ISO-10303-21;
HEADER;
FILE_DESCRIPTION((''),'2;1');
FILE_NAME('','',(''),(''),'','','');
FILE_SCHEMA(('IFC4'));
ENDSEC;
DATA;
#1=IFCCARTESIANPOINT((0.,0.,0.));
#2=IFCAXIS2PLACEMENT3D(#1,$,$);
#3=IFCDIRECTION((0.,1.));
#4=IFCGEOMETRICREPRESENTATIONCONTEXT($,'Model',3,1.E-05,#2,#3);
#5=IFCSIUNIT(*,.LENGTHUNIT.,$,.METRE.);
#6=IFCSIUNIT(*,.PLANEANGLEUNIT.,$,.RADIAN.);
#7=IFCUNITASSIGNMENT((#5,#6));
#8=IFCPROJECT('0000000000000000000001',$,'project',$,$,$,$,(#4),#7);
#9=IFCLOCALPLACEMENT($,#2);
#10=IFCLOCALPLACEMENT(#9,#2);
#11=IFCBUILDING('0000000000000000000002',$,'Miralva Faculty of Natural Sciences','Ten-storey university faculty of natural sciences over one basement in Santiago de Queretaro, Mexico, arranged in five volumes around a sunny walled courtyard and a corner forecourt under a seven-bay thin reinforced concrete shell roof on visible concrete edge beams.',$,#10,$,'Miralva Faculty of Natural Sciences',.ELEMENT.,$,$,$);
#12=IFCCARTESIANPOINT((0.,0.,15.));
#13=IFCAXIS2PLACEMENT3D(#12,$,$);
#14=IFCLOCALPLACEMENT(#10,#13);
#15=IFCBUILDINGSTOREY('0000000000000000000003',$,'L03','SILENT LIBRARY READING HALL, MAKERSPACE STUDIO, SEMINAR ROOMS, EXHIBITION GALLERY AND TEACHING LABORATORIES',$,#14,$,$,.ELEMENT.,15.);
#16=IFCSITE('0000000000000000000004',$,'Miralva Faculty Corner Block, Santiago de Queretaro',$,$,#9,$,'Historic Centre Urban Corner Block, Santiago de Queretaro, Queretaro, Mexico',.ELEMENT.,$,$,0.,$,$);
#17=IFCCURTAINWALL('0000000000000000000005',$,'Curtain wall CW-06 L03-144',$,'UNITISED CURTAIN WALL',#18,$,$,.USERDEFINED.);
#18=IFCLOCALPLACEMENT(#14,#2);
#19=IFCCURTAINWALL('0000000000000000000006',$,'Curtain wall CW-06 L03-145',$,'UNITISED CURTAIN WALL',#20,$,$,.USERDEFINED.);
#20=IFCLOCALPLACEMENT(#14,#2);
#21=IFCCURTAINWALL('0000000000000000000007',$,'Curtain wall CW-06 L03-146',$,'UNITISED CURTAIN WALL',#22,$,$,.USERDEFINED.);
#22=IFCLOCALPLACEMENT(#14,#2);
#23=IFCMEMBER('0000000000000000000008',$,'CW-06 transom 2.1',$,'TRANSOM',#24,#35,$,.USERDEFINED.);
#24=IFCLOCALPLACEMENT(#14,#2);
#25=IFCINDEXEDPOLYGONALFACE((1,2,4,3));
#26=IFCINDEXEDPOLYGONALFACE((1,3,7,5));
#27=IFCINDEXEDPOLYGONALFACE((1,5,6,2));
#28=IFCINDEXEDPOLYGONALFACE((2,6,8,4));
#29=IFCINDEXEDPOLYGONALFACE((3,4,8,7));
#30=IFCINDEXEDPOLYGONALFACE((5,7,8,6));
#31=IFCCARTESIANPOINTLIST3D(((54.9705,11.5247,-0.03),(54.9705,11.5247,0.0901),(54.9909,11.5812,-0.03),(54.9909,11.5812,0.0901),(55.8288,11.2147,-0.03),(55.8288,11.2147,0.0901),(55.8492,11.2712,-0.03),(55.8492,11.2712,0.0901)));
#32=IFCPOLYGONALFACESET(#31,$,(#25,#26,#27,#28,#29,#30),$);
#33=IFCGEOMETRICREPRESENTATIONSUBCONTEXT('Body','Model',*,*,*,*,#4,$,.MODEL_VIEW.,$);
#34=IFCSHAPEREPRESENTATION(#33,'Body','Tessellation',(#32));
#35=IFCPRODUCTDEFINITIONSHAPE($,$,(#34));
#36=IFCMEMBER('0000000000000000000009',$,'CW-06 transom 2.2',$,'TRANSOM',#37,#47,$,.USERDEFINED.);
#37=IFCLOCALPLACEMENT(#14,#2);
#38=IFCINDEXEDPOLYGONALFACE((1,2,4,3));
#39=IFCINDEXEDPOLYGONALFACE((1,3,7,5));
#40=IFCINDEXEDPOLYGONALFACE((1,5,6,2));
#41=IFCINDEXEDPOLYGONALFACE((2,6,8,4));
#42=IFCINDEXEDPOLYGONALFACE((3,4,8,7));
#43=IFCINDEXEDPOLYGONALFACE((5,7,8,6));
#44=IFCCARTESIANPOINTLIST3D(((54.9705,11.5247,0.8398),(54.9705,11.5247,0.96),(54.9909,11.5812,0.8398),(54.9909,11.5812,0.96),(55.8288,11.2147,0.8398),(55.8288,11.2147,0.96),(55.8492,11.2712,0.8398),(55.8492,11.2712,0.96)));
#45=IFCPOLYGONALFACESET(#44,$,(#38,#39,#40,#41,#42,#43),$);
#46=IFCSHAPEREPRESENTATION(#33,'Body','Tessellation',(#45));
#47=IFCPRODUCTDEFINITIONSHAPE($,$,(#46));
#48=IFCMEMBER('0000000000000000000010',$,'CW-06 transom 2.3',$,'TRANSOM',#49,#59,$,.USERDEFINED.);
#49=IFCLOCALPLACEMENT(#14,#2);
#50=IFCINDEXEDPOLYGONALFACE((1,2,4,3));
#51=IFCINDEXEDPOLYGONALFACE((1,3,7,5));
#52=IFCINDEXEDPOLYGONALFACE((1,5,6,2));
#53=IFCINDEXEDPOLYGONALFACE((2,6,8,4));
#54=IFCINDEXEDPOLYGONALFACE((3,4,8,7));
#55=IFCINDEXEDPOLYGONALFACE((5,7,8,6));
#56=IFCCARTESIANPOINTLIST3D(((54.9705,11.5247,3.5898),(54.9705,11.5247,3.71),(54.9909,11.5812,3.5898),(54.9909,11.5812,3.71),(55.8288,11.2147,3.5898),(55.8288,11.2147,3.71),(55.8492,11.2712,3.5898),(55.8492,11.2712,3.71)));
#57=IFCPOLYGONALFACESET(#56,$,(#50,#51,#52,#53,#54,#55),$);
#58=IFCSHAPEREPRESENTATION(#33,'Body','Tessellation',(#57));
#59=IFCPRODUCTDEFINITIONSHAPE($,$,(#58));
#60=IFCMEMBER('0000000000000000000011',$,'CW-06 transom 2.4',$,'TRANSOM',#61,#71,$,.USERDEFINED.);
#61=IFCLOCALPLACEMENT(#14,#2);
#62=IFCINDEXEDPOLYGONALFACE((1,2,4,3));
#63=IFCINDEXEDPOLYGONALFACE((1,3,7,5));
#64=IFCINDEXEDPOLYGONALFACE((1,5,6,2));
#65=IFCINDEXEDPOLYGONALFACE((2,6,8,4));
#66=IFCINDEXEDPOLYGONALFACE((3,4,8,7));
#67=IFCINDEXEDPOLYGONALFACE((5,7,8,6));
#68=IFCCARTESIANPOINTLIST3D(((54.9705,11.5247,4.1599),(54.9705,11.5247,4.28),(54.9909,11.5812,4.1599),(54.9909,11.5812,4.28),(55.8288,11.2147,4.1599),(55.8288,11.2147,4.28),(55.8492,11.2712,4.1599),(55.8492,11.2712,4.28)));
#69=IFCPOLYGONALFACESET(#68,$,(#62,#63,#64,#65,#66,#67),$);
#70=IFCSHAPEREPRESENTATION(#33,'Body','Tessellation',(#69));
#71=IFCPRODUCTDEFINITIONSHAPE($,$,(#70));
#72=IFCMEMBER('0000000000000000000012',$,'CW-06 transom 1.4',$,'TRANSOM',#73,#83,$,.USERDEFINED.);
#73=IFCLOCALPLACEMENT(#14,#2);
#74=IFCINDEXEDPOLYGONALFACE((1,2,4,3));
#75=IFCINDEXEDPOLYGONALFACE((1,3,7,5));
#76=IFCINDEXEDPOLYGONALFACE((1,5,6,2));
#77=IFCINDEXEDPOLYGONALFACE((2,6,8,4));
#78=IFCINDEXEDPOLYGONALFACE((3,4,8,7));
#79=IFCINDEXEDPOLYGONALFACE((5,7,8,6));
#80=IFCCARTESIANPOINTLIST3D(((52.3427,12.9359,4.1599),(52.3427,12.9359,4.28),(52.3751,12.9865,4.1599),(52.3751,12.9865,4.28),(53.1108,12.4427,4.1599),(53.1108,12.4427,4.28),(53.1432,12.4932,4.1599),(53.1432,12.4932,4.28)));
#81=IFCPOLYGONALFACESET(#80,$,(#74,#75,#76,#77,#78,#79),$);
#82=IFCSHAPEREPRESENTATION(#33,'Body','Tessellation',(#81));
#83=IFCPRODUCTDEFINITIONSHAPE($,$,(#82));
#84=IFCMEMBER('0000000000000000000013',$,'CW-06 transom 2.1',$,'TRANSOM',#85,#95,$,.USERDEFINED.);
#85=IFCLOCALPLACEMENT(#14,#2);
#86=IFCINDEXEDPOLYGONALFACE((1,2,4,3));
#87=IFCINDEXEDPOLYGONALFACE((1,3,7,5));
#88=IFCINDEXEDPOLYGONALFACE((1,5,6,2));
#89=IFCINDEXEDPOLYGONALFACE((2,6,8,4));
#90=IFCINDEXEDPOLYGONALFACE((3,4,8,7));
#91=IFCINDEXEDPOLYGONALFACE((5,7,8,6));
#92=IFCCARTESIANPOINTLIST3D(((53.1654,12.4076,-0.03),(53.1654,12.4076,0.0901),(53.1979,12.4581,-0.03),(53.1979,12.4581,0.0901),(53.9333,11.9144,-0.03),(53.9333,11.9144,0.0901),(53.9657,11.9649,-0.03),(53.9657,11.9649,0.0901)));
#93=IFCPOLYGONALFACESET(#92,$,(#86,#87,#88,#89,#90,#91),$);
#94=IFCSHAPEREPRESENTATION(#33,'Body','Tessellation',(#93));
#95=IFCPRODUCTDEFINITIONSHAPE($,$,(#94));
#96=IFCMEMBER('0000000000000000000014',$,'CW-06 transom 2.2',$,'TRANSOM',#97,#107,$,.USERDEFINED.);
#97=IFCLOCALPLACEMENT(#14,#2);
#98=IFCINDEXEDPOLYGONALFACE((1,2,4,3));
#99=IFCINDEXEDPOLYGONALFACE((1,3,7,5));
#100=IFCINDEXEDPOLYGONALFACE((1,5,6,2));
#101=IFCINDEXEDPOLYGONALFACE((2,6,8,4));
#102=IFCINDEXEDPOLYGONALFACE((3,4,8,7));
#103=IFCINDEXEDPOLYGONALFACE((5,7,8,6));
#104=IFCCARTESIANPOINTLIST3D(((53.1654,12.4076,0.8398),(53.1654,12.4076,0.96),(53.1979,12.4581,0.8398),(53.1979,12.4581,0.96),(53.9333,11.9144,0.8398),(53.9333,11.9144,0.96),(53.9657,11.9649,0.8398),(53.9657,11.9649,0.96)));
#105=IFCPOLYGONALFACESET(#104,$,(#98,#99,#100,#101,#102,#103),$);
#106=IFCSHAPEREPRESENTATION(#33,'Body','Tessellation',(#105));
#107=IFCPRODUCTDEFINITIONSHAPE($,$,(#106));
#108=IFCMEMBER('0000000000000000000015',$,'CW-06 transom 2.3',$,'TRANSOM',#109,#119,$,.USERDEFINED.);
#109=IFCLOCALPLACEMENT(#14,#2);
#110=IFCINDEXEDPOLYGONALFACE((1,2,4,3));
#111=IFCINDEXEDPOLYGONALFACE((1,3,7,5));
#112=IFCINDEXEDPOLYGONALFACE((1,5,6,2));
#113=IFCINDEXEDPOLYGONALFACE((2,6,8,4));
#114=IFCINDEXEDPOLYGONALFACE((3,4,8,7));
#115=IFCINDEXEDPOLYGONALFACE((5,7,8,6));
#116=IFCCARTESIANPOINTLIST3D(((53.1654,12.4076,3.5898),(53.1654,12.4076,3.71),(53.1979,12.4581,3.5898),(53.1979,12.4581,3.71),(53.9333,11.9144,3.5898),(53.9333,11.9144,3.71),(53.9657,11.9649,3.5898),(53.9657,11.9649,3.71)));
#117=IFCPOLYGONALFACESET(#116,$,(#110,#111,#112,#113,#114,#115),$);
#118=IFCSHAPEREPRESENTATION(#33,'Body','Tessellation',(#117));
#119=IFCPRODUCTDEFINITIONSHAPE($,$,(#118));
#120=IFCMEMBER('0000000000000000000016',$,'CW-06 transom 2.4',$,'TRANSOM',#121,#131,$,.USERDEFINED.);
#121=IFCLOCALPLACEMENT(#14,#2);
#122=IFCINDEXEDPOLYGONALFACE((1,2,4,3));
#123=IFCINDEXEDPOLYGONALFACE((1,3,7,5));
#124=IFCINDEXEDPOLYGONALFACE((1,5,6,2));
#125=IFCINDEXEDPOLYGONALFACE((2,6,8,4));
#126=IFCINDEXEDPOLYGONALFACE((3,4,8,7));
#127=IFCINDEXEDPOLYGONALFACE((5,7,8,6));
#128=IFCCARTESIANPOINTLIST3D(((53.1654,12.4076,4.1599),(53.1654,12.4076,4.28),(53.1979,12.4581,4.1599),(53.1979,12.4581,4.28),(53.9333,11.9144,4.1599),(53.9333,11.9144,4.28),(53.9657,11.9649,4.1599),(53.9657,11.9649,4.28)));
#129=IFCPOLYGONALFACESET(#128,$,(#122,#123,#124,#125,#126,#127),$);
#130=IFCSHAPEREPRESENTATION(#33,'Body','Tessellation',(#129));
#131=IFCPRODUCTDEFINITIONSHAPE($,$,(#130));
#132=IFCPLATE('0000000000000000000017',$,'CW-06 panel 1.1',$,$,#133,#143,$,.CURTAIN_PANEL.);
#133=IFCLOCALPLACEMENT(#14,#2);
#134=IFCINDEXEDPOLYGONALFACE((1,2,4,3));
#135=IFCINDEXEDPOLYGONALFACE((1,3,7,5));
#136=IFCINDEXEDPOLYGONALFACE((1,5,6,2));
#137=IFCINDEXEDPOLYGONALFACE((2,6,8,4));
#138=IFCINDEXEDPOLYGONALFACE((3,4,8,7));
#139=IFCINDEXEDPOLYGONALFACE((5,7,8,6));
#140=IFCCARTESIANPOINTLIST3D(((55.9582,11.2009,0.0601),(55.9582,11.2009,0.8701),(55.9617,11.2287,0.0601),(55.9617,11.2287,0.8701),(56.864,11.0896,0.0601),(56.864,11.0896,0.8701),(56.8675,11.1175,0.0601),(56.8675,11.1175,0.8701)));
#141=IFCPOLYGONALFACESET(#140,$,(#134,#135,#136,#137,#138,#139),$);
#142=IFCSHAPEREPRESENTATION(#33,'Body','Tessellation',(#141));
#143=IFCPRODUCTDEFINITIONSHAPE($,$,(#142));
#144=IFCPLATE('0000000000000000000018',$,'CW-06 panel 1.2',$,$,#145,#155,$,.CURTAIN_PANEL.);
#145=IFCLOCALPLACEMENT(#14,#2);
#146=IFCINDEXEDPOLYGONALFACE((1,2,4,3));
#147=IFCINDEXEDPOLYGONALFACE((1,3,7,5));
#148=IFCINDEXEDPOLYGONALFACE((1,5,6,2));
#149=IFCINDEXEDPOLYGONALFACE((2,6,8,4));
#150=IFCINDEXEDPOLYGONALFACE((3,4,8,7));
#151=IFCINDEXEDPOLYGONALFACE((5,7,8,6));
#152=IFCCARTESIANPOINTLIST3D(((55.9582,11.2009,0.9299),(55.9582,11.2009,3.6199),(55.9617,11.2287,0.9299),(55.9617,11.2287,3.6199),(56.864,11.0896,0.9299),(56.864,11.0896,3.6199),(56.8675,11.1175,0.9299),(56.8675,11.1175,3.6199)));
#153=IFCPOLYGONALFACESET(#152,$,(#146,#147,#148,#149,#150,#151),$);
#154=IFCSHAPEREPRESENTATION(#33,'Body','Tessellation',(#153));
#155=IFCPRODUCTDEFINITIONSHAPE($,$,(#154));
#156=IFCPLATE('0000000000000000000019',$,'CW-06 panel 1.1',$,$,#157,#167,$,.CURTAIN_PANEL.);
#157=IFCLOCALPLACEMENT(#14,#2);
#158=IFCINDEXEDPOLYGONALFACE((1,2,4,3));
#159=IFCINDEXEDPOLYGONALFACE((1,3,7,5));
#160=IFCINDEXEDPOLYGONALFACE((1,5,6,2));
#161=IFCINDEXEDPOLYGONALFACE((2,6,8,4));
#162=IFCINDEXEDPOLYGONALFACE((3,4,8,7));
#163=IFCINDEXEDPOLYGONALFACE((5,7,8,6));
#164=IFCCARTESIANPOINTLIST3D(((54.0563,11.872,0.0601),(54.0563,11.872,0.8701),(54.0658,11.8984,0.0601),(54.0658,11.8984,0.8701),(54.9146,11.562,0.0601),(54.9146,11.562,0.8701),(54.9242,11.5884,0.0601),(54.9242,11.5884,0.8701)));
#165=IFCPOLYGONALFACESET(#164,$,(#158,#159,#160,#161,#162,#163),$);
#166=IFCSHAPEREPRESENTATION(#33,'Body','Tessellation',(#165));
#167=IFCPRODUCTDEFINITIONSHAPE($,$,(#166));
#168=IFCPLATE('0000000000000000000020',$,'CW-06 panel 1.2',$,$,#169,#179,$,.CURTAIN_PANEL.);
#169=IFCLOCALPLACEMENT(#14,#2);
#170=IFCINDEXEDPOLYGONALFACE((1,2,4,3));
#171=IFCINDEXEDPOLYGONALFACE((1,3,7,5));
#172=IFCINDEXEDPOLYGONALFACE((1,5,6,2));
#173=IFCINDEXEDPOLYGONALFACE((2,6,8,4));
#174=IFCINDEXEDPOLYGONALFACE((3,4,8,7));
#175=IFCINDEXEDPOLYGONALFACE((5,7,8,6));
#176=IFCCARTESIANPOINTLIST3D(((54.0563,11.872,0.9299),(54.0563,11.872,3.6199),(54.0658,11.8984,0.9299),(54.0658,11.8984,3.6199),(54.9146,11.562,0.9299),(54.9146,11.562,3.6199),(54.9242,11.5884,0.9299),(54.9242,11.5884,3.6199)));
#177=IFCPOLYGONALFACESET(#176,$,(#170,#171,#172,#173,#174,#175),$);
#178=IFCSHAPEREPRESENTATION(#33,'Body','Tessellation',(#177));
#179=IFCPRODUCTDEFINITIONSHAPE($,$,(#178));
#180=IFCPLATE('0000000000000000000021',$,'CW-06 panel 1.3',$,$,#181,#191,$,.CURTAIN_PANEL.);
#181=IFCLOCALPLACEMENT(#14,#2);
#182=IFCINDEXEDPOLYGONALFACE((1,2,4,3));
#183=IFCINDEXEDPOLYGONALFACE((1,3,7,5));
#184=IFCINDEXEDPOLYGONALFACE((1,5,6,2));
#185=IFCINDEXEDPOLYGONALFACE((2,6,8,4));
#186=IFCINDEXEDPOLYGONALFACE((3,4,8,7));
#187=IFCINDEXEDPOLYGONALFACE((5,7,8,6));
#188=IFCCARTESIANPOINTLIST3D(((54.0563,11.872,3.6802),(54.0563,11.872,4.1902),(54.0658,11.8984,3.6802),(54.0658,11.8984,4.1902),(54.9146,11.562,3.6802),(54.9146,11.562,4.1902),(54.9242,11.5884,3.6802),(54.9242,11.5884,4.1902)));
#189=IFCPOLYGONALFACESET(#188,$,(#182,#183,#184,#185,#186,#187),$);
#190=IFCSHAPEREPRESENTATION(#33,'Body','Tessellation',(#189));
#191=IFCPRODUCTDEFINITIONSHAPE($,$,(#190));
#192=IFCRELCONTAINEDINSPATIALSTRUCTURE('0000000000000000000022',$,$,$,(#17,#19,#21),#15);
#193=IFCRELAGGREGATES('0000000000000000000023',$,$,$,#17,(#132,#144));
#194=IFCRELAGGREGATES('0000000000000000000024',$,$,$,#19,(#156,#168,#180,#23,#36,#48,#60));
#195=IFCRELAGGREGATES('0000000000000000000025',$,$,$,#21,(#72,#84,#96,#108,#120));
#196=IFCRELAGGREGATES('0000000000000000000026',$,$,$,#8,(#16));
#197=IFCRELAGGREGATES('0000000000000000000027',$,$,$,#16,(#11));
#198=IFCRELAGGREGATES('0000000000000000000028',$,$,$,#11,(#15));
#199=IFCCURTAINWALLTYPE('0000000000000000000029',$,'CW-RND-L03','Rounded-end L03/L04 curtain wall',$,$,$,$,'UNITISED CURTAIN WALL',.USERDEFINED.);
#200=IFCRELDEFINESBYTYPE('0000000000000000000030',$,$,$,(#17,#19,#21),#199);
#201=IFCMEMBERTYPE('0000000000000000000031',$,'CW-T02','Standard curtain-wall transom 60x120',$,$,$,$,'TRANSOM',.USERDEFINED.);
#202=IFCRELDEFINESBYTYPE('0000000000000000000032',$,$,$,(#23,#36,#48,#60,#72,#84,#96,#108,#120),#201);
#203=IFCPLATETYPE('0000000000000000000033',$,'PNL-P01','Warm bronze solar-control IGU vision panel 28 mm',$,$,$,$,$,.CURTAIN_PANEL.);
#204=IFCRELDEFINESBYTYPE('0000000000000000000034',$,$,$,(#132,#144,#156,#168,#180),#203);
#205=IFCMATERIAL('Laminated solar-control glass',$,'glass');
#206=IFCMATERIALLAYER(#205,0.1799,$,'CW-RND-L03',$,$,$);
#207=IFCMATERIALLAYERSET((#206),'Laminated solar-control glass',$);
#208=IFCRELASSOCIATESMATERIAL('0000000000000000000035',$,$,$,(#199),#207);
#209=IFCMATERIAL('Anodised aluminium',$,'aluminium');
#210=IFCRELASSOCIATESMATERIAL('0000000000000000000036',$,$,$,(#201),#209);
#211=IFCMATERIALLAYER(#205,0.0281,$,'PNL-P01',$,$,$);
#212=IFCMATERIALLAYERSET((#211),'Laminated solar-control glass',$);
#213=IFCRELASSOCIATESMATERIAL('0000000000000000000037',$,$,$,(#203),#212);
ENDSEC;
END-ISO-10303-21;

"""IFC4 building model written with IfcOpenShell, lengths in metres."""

from ifc_helpers import new_model, si_unit, direction, frame, origin, origin_2d, place, context, subcontext, project, spatial, rectangle, extrude, material, layer, layer_set, material_profile, profile_set, type_object, element, aggregate, save


model = new_model("IFC4")

# Units and contexts
model_context = context("Model", 3, precision=1e-05, world=origin(), true_north=direction((0.0, 1.0)))
body_context = subcontext(model_context, "Body", "Model", "MODEL_VIEW")
ifc_project = project(units=[si_unit("LENGTHUNIT", "METRE"), si_unit("PLANEANGLEUNIT", "RADIAN")], contexts=[model_context])

# Site, building, storey
site_placement = place(None, origin())
site = spatial("IfcSite", under=ifc_project, at=site_placement, Name="Miralva Faculty Corner Block, Santiago de Queretaro", LongName="Historic Centre Urban Corner Block, Santiago de Queretaro, Queretaro, Mexico", CompositionType="ELEMENT", RefElevation=0.0)
building_placement = place(site_placement, origin())
building = spatial("IfcBuilding", under=site, at=building_placement, Name="Miralva Faculty of Natural Sciences", Description="Ten-storey university faculty of natural sciences over one basement in Santiago de Queretaro, Mexico, arranged in five volumes around a sunny walled courtyard and a corner forecourt under a seven-bay thin reinforced concrete shell roof on visible concrete edge beams.", LongName="Miralva Faculty of Natural Sciences", CompositionType="ELEMENT")
storey_placement = place(building_placement, frame((0.0, 0.0, 15.0)))
storey = spatial("IfcBuildingStorey", under=building, at=storey_placement, Name="L03", Description="SILENT LIBRARY READING HALL, MAKERSPACE STUDIO, SEMINAR ROOMS, EXHIBITION GALLERY AND TEACHING LABORATORIES", CompositionType="ELEMENT", Elevation=15.0)

# Curtain wall
ifc_material_1 = material(Name="Laminated solar-control glass", Category="glass")
ifc_layer_1 = layer(ifc_material_1, 0.1799, Name="CW-RND-L03")
ifc_layer_set_1 = layer_set([ifc_layer_1], Name="Laminated solar-control glass")
curtain_wall_type = type_object("IfcCurtainWallType", Name="CW-RND-L03", Description="Rounded-end L03/L04 curtain wall", ElementType="UNITISED CURTAIN WALL", PredefinedType="USERDEFINED", material=ifc_layer_set_1)
curtain_wall_1_placement = place(storey_placement, origin())
curtain_wall_1 = element("IfcCurtainWall", 1, at=curtain_wall_1_placement, inside=storey, type_object=curtain_wall_type, Name="Curtain wall CW-06 L03-144", ObjectType="UNITISED CURTAIN WALL", PredefinedType="USERDEFINED")
ifc_material_2 = material(Name="Anodised aluminium", Category="aluminium")

# Curtain walls
curtain_wall_2_placement = place(storey_placement, origin())
curtain_wall_2 = element("IfcCurtainWall", 2, at=curtain_wall_2_placement, inside=storey, type_object=curtain_wall_type, Name="Curtain wall CW-06 L03-145", ObjectType="UNITISED CURTAIN WALL", PredefinedType="USERDEFINED")
curtain_wall_3_placement = place(storey_placement, origin())
curtain_wall_3 = element("IfcCurtainWall", 3, at=curtain_wall_3_placement, inside=storey, type_object=curtain_wall_type, Name="Curtain wall CW-06 L03-146", ObjectType="UNITISED CURTAIN WALL", PredefinedType="USERDEFINED")

# Members
ifc_material_profile_1 = material_profile(ifc_material_2, rectangle(XDim=0.0601, YDim=0.1201, at=origin_2d()), Name="TRANSOM 60x120")
ifc_profile_set_1 = profile_set([ifc_material_profile_1], Name="Anodised aluminium")
member_type_1 = type_object("IfcMemberType", Name="CW-T02", Description="Standard curtain-wall transom 60x120", ElementType="TRANSOM", PredefinedType="USERDEFINED", material=ifc_profile_set_1)
member_1_placement = place(storey_placement, frame((54.9807, 11.553, 0.03), z_axis=(0.940525, -0.339723, 0.0), x_axis=(0.339723, 0.940525, 0.0)))
member_1 = element("IfcMember", 4, at=member_1_placement, type_object=member_type_1, Name="CW-06 transom 2.1", ObjectType="TRANSOM", PredefinedType="USERDEFINED", context=body_context, shape_type="SweptSolid", body=[
    extrude(rectangle(XDim=0.0601, YDim=0.1201, at=origin_2d()), origin(), (0.0, 0.0, 1.0), 0.9126),
])
member_2_placement = place(storey_placement, frame((54.9807, 11.553, 0.8999), z_axis=(0.940525, -0.339723, 0.0), x_axis=(0.339723, 0.940525, 0.0)))
member_2 = element("IfcMember", 5, at=member_2_placement, type_object=member_type_1, Name="CW-06 transom 2.2", ObjectType="TRANSOM", PredefinedType="USERDEFINED", context=body_context, shape_type="SweptSolid", body=[
    extrude(rectangle(XDim=0.0601, YDim=0.1201, at=origin_2d()), origin(), (0.0, 0.0, 1.0), 0.9126),
])
member_3_placement = place(storey_placement, frame((54.9807, 11.553, 3.6499), z_axis=(0.940525, -0.339723, 0.0), x_axis=(0.339723, 0.940525, 0.0)))
member_3 = element("IfcMember", 6, at=member_3_placement, type_object=member_type_1, Name="CW-06 transom 2.3", ObjectType="TRANSOM", PredefinedType="USERDEFINED", context=body_context, shape_type="SweptSolid", body=[
    extrude(rectangle(XDim=0.0601, YDim=0.1201, at=origin_2d()), origin(), (0.0, 0.0, 1.0), 0.9126),
])
member_4_placement = place(storey_placement, frame((54.9807, 11.553, 4.22), z_axis=(0.940525, -0.339723, 0.0), x_axis=(0.339723, 0.940525, 0.0)))
member_4 = element("IfcMember", 7, at=member_4_placement, type_object=member_type_1, Name="CW-06 transom 2.4", ObjectType="TRANSOM", PredefinedType="USERDEFINED", context=body_context, shape_type="SweptSolid", body=[
    extrude(rectangle(XDim=0.0601, YDim=0.1201, at=origin_2d()), origin(), (0.0, 0.0, 1.0), 0.9126),
])
member_5_placement = place(storey_placement, frame((52.3589, 12.9612, 4.22), z_axis=(0.841474, -0.540298, 0.0), x_axis=(0.540298, 0.841474, 0.0)))
member_5 = element("IfcMember", 8, at=member_5_placement, type_object=member_type_1, Name="CW-06 transom 1.4", ObjectType="TRANSOM", PredefinedType="USERDEFINED", context=body_context, shape_type="SweptSolid", body=[
    extrude(rectangle(XDim=0.0601, YDim=0.1201, at=origin_2d()), origin(), (0.0, 0.0, 1.0), 0.9128),
])
member_6_placement = place(storey_placement, frame((53.1816, 12.4329, 0.03), z_axis=(0.841396, -0.54042, 0.0), x_axis=(0.54042, 0.841396, 0.0)))
member_6 = element("IfcMember", 9, at=member_6_placement, type_object=member_type_1, Name="CW-06 transom 2.1", ObjectType="TRANSOM", PredefinedType="USERDEFINED", context=body_context, shape_type="SweptSolid", body=[
    extrude(rectangle(XDim=0.0601, YDim=0.1201, at=origin_2d()), origin(), (0.0, 0.0, 1.0), 0.9126),
])
member_7_placement = place(storey_placement, frame((53.1816, 12.4329, 0.8999), z_axis=(0.841396, -0.54042, 0.0), x_axis=(0.54042, 0.841396, 0.0)))
member_7 = element("IfcMember", 10, at=member_7_placement, type_object=member_type_1, Name="CW-06 transom 2.2", ObjectType="TRANSOM", PredefinedType="USERDEFINED", context=body_context, shape_type="SweptSolid", body=[
    extrude(rectangle(XDim=0.0601, YDim=0.1201, at=origin_2d()), origin(), (0.0, 0.0, 1.0), 0.9126),
])
member_8_placement = place(storey_placement, frame((53.1816, 12.4329, 3.6499), z_axis=(0.841396, -0.54042, 0.0), x_axis=(0.54042, 0.841396, 0.0)))
member_8 = element("IfcMember", 11, at=member_8_placement, type_object=member_type_1, Name="CW-06 transom 2.3", ObjectType="TRANSOM", PredefinedType="USERDEFINED", context=body_context, shape_type="SweptSolid", body=[
    extrude(rectangle(XDim=0.0601, YDim=0.1201, at=origin_2d()), origin(), (0.0, 0.0, 1.0), 0.9126),
])
member_9_placement = place(storey_placement, frame((53.1816, 12.4329, 4.22), z_axis=(0.841396, -0.54042, 0.0), x_axis=(0.54042, 0.841396, 0.0)))
member_9 = element("IfcMember", 12, at=member_9_placement, type_object=member_type_1, Name="CW-06 transom 2.4", ObjectType="TRANSOM", PredefinedType="USERDEFINED", context=body_context, shape_type="SweptSolid", body=[
    extrude(rectangle(XDim=0.0601, YDim=0.1201, at=origin_2d()), origin(), (0.0, 0.0, 1.0), 0.9126),
])

# Plates
ifc_layer_2 = layer(ifc_material_1, 0.0281, Name="PNL-P01")
ifc_layer_set_2 = layer_set([ifc_layer_2], Name="Laminated solar-control glass")
plate_type = type_object("IfcPlateType", Name="PNL-P01", Description="Warm bronze solar-control IGU vision panel 28 mm", PredefinedType="CURTAIN_PANEL", material=ifc_layer_set_2)
plate_1_placement = place(storey_placement, frame((56.4128, 11.1592, 0.0601), z_axis=(0.0, 0.0, 1.0), x_axis=(0.992547, -0.12186, 0.0)))
plate_1 = element("IfcPlate", 13, at=plate_1_placement, type_object=plate_type, Name="CW-06 panel 1.1", PredefinedType="CURTAIN_PANEL", context=body_context, shape_type="SweptSolid", body=[
    extrude(rectangle(XDim=0.9126, YDim=0.0281, at=origin_2d()), origin(), (0.0, 0.0, 1.0), 0.8101),
])
plate_2_placement = place(storey_placement, frame((56.4128, 11.1592, 0.9299), z_axis=(0.0, 0.0, 1.0), x_axis=(0.992547, -0.12186, 0.0)))
plate_2 = element("IfcPlate", 14, at=plate_2_placement, type_object=plate_type, Name="CW-06 panel 1.2", PredefinedType="CURTAIN_PANEL", context=body_context, shape_type="SweptSolid", body=[
    extrude(rectangle(XDim=0.9126, YDim=0.0281, at=origin_2d()), origin(), (0.0, 0.0, 1.0), 2.6899),
])
aggregate(curtain_wall_1, [plate_1, plate_2])
plate_3_placement = place(storey_placement, frame((54.4902, 11.7302, 0.0601), z_axis=(0.0, 0.0, 1.0), x_axis=(0.940535, -0.339696, 0.0)))
plate_3 = element("IfcPlate", 15, at=plate_3_placement, type_object=plate_type, Name="CW-06 panel 1.1", PredefinedType="CURTAIN_PANEL", context=body_context, shape_type="SweptSolid", body=[
    extrude(rectangle(XDim=0.9126, YDim=0.0281, at=origin_2d()), origin(), (0.0, 0.0, 1.0), 0.8101),
])
plate_4_placement = place(storey_placement, frame((54.4902, 11.7302, 0.9299), z_axis=(0.0, 0.0, 1.0), x_axis=(0.940535, -0.339696, 0.0)))
plate_4 = element("IfcPlate", 16, at=plate_4_placement, type_object=plate_type, Name="CW-06 panel 1.2", PredefinedType="CURTAIN_PANEL", context=body_context, shape_type="SweptSolid", body=[
    extrude(rectangle(XDim=0.9126, YDim=0.0281, at=origin_2d()), origin(), (0.0, 0.0, 1.0), 2.6899),
])
plate_5_placement = place(storey_placement, frame((54.4902, 11.7302, 3.6802), z_axis=(0.0, 0.0, 1.0), x_axis=(0.940535, -0.339696, 0.0)))
plate_5 = element("IfcPlate", 17, at=plate_5_placement, type_object=plate_type, Name="CW-06 panel 1.3", PredefinedType="CURTAIN_PANEL", context=body_context, shape_type="SweptSolid", body=[
    extrude(rectangle(XDim=0.9126, YDim=0.0281, at=origin_2d()), origin(), (0.0, 0.0, 1.0), 0.51),
])
aggregate(curtain_wall_2, [plate_3, plate_4, plate_5, member_1, member_2, member_3, member_4])
aggregate(curtain_wall_3, [member_5, member_6, member_7, member_8, member_9])

save(model, "model.ifc")
